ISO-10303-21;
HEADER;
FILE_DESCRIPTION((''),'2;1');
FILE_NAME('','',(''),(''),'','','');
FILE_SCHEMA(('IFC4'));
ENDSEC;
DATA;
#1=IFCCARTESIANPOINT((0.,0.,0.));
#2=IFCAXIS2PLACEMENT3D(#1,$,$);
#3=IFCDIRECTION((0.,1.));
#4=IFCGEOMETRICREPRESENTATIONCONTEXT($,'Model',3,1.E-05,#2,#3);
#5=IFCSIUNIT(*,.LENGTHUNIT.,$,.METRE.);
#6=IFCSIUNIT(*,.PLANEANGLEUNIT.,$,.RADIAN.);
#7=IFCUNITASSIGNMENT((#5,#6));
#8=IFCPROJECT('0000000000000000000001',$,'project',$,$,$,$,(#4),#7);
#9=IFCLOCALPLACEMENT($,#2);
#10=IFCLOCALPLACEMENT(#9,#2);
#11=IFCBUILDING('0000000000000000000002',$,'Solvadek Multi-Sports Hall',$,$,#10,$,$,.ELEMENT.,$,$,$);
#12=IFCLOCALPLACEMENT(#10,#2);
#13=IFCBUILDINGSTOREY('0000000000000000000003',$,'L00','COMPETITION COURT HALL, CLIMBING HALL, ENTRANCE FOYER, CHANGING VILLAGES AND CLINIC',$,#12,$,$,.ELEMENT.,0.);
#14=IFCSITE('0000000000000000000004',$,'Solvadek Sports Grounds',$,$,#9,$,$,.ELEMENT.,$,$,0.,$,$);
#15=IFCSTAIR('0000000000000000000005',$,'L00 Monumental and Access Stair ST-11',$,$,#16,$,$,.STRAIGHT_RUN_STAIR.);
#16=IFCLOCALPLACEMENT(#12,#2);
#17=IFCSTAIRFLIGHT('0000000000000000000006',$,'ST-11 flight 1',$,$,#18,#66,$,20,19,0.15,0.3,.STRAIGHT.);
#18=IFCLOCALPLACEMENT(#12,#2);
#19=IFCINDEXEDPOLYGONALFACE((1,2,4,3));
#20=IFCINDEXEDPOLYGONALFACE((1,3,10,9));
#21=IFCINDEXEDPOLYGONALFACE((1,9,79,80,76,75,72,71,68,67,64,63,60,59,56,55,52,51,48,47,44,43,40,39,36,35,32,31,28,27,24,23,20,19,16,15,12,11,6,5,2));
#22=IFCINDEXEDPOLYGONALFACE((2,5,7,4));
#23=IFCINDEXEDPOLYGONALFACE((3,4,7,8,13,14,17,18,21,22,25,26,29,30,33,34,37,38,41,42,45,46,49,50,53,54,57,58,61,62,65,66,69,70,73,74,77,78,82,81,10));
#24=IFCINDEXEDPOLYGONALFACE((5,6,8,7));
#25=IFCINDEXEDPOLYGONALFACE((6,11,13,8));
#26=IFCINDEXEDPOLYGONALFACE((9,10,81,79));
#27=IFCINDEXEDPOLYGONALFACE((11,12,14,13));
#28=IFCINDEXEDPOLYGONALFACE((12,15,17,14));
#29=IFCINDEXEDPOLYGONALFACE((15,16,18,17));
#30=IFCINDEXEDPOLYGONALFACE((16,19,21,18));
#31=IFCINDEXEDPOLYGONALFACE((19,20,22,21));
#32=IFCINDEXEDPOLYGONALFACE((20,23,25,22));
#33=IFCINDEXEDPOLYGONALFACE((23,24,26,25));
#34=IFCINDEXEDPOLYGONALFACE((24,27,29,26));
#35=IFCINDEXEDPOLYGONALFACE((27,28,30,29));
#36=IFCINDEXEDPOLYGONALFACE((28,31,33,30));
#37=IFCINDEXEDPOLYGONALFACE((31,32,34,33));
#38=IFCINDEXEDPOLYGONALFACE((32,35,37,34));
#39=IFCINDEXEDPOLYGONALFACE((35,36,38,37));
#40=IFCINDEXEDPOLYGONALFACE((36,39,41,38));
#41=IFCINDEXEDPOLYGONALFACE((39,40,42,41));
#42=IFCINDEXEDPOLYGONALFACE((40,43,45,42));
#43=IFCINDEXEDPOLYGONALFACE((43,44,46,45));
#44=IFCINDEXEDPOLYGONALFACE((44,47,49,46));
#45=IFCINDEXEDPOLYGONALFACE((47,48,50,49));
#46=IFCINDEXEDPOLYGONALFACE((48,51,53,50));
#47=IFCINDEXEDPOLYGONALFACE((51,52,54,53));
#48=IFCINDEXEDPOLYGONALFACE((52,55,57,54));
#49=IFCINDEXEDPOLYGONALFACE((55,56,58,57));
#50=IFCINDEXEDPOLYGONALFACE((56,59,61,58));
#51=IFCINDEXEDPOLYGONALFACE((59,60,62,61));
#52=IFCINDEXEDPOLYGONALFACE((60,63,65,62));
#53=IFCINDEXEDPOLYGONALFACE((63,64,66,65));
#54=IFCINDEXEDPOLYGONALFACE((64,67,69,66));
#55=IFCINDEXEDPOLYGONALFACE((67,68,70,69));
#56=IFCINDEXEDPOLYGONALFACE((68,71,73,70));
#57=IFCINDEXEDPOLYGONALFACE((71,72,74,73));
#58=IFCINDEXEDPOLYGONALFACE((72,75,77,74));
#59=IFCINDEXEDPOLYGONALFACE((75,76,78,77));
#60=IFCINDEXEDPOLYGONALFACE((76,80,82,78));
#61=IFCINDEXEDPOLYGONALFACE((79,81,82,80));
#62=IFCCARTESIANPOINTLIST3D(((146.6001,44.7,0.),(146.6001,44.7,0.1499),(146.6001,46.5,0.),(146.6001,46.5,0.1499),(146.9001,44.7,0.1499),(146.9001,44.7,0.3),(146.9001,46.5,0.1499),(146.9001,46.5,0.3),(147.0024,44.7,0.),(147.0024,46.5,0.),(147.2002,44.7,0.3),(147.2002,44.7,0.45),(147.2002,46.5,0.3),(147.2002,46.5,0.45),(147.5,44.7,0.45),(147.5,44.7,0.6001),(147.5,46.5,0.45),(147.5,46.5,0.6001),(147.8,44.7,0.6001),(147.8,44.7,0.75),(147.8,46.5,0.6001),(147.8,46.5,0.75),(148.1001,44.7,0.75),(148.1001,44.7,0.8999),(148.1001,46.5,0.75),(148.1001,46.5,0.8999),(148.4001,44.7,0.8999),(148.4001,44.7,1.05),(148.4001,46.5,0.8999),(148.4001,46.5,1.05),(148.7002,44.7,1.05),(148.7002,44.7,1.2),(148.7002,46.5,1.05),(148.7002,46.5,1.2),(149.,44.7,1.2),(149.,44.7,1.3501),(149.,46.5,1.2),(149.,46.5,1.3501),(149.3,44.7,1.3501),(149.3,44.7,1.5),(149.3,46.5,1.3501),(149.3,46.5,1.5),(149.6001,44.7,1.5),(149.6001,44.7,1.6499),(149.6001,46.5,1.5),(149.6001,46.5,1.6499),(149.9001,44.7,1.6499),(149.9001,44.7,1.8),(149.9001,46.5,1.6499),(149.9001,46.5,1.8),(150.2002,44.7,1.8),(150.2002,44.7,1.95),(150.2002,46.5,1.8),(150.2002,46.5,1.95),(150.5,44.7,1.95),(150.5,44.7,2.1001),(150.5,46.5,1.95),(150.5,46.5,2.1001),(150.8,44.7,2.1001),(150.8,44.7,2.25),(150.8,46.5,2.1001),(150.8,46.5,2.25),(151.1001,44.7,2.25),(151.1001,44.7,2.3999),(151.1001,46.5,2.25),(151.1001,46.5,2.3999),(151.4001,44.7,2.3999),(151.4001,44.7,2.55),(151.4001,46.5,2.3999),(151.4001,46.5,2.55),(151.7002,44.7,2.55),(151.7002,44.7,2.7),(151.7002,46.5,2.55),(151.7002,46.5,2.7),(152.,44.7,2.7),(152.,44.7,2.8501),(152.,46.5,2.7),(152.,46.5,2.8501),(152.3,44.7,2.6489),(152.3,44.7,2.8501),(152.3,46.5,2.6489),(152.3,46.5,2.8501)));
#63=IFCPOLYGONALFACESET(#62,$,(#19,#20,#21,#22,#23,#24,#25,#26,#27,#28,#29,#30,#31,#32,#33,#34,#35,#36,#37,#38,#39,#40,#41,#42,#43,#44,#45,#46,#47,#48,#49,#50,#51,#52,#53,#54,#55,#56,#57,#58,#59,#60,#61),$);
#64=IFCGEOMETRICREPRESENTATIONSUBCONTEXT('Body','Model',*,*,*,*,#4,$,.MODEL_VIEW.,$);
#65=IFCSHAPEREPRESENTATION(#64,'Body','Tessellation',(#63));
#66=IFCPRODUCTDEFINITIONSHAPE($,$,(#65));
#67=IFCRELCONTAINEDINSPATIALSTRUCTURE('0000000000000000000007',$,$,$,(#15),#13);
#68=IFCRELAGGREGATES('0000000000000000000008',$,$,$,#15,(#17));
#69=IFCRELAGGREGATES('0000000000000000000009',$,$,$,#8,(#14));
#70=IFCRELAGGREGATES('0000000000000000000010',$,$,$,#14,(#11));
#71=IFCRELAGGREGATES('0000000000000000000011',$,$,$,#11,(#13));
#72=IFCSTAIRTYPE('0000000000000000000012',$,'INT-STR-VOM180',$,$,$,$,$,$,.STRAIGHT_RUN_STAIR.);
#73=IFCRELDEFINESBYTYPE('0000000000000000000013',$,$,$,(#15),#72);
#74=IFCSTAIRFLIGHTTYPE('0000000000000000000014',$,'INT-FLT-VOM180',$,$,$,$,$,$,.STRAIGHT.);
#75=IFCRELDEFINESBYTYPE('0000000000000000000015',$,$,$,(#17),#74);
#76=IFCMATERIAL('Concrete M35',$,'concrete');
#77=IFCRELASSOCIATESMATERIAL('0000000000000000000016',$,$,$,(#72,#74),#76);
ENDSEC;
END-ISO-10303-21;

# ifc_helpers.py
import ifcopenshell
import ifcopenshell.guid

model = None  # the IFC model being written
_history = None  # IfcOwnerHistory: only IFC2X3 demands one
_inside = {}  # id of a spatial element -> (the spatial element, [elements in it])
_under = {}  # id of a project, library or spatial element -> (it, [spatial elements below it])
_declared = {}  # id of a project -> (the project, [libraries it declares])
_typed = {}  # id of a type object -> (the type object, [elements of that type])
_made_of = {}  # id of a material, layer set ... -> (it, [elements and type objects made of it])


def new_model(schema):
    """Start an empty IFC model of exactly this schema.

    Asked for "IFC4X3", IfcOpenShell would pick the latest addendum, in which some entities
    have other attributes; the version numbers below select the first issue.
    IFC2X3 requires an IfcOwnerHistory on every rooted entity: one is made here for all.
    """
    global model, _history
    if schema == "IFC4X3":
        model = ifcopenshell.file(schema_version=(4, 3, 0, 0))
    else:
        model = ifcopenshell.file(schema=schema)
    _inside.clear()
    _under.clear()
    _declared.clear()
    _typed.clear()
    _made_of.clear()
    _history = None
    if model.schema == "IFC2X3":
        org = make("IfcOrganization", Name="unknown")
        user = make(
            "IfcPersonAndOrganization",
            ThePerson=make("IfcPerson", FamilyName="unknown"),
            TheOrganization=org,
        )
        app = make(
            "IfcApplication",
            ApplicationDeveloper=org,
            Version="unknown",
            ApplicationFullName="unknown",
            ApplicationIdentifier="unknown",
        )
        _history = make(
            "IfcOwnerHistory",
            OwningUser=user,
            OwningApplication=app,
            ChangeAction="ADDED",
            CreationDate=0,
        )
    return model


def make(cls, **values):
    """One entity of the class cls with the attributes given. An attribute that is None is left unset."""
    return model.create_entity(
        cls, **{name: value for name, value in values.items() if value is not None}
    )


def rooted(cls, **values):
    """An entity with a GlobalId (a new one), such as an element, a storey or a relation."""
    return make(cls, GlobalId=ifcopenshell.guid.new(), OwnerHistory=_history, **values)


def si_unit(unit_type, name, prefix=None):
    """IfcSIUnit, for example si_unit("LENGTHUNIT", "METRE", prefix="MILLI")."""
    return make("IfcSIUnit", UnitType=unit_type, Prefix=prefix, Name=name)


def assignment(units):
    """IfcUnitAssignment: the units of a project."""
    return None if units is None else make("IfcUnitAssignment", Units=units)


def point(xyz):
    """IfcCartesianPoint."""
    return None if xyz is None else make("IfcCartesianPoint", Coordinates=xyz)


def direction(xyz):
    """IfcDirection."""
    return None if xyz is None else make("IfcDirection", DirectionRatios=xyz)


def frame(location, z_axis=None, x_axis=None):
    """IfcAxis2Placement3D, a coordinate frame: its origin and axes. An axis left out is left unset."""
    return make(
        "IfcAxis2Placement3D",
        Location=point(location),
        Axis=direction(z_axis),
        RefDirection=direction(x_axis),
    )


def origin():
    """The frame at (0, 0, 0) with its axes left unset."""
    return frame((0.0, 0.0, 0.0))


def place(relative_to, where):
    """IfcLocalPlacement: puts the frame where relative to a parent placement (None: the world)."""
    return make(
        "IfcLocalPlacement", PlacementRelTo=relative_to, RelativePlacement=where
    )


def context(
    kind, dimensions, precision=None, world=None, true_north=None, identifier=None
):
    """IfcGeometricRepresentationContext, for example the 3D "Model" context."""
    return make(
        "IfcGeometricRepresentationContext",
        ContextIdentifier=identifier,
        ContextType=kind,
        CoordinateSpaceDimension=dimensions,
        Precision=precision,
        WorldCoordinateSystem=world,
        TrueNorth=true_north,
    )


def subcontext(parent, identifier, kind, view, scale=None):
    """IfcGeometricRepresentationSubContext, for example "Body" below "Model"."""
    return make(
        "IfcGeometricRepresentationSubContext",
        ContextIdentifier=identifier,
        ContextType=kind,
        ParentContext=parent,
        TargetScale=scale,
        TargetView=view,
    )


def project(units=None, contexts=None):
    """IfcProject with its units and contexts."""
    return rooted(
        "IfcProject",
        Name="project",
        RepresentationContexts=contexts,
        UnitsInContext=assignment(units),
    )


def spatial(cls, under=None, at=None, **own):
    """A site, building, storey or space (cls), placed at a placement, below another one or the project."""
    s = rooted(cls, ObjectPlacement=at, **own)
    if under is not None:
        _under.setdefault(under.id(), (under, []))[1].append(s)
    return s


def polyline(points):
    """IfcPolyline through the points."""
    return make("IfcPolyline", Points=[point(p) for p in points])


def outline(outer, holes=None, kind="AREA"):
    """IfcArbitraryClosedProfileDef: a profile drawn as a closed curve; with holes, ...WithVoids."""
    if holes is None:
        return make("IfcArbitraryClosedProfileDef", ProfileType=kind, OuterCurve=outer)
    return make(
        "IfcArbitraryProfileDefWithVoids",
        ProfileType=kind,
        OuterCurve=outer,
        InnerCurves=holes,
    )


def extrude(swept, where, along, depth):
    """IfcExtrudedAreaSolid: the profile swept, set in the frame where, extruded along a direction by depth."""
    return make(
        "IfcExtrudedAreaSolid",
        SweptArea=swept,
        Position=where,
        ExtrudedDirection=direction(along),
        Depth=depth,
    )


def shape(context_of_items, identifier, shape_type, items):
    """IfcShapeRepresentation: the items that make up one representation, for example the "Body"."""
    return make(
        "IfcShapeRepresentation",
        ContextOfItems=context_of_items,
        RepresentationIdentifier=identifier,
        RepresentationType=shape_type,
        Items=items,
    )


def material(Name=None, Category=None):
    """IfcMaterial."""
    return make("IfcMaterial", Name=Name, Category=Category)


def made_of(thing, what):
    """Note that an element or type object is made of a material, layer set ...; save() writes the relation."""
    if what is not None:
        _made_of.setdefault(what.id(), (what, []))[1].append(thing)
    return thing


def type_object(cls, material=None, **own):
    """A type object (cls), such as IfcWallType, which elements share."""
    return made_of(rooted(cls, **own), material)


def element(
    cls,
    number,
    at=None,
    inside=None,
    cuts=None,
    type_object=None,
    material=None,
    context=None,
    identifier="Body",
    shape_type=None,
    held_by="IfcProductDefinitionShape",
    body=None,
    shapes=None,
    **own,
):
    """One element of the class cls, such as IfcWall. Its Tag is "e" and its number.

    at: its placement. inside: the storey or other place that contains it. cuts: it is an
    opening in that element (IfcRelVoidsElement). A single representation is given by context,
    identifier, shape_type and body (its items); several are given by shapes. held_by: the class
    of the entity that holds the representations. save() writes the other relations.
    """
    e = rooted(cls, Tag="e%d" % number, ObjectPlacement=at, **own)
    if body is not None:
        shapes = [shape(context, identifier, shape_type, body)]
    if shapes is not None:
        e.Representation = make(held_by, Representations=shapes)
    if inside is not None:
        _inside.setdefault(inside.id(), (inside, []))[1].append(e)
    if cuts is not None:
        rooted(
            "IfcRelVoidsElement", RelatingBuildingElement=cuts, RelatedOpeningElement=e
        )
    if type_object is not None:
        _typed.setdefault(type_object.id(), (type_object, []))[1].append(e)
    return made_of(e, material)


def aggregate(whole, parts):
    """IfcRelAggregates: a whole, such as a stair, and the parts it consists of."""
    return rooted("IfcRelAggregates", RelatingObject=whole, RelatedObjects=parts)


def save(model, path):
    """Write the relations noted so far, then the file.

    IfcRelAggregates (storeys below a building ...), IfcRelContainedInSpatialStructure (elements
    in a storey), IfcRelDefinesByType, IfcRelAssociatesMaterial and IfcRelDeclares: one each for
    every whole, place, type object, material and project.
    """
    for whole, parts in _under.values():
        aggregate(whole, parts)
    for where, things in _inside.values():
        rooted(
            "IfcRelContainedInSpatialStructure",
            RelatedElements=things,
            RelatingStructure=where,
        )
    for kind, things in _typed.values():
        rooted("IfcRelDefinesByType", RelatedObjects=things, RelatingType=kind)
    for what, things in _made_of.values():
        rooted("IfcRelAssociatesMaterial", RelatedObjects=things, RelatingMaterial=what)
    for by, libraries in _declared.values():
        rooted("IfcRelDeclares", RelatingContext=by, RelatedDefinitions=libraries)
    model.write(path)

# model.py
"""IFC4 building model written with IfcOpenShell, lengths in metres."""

from ifc_helpers import new_model, si_unit, direction, frame, origin, place, context, subcontext, project, spatial, polyline, outline, extrude, material, type_object, element, aggregate, save


model = new_model("IFC4")

# Units and contexts
model_context = context("Model", 3, precision=1e-05, world=origin(), true_north=direction((0.0, 1.0)))
body_context = subcontext(model_context, "Body", "Model", "MODEL_VIEW")
ifc_project = project(units=[si_unit("LENGTHUNIT", "METRE"), si_unit("PLANEANGLEUNIT", "RADIAN")], contexts=[model_context])

# Site, building, storey
site_placement = place(None, origin())
site = spatial("IfcSite", under=ifc_project, at=site_placement, Name="Solvadek Sports Grounds", CompositionType="ELEMENT", RefElevation=0.0)
building_placement = place(site_placement, origin())
building = spatial("IfcBuilding", under=site, at=building_placement, Name="Solvadek Multi-Sports Hall", CompositionType="ELEMENT")
storey_placement = place(building_placement, origin())
storey = spatial("IfcBuildingStorey", under=building, at=storey_placement, Name="L00", Description="COMPETITION COURT HALL, CLIMBING HALL, ENTRANCE FOYER, CHANGING VILLAGES AND CLINIC", CompositionType="ELEMENT", Elevation=0.0)

# Stair, stair flight
ifc_material_1 = material(Name="Concrete M35", Category="concrete")
stair_type = type_object("IfcStairType", Name="INT-STR-VOM180", PredefinedType="STRAIGHT_RUN_STAIR", material=ifc_material_1)
stair_placement = place(storey_placement, origin())
stair = element("IfcStair", 1, at=stair_placement, inside=storey, type_object=stair_type, Name="L00 Monumental and Access Stair ST-11", PredefinedType="STRAIGHT_RUN_STAIR")
stair_flight_type = type_object("IfcStairFlightType", Name="INT-FLT-VOM180", PredefinedType="STRAIGHT", material=ifc_material_1)
stair_flight_placement = place(storey_placement, frame((146.6001, 45.6001, 0.0), z_axis=(0.0, 0.0, 1.0), x_axis=(1.0, 0.0, 0.0)))
stair_flight = element("IfcStairFlight", 2, at=stair_flight_placement, type_object=stair_flight_type, Name="ST-11 flight 1", NumberOfRisers=20, NumberOfTreads=19, PredefinedType="STRAIGHT", RiserHeight=0.15, TreadLength=0.3, context=body_context, shape_type="SweptSolid", body=[
    extrude(outline(polyline([(0.0, 0.0), (0.0, 0.1499), (0.3, 0.1499), (0.3, 0.3), (0.6001, 0.3), (0.6001, 0.45), (0.8999, 0.45), (0.8999, 0.6001), (1.2, 0.6001), (1.2, 0.75), (1.5, 0.75), (1.5, 0.8999), (1.8, 0.8999), (1.8, 1.05), (2.1001, 1.05), (2.1001, 1.2), (2.3999, 1.2), (2.3999, 1.3501), (2.7, 1.3501), (2.7, 1.5), (3.0, 1.5), (3.0, 1.6499), (3.3, 1.6499), (3.3, 1.8), (3.6001, 1.8), (3.6001, 1.95), (3.8999, 1.95), (3.8999, 2.1001), (4.2, 2.1001), (4.2, 2.25), (4.5, 2.25), (4.5, 2.3999), (4.8, 2.3999), (4.8, 2.55), (5.1001, 2.55), (5.1001, 2.7), (5.3999, 2.7), (5.3999, 2.8501), (5.7, 2.8501), (5.7, 3.0), (5.7, 2.6489), (0.4023, 0.0), (0.0, 0.0)])), frame((0.0, 0.8999, 0.0), z_axis=(0.0, -1.0, 0.0), x_axis=(1.0, 0.0, 0.0)), (0.0, 0.0, 1.0), 1.8),
])
aggregate(stair, [stair_flight])

save(model, "model.ifc")
